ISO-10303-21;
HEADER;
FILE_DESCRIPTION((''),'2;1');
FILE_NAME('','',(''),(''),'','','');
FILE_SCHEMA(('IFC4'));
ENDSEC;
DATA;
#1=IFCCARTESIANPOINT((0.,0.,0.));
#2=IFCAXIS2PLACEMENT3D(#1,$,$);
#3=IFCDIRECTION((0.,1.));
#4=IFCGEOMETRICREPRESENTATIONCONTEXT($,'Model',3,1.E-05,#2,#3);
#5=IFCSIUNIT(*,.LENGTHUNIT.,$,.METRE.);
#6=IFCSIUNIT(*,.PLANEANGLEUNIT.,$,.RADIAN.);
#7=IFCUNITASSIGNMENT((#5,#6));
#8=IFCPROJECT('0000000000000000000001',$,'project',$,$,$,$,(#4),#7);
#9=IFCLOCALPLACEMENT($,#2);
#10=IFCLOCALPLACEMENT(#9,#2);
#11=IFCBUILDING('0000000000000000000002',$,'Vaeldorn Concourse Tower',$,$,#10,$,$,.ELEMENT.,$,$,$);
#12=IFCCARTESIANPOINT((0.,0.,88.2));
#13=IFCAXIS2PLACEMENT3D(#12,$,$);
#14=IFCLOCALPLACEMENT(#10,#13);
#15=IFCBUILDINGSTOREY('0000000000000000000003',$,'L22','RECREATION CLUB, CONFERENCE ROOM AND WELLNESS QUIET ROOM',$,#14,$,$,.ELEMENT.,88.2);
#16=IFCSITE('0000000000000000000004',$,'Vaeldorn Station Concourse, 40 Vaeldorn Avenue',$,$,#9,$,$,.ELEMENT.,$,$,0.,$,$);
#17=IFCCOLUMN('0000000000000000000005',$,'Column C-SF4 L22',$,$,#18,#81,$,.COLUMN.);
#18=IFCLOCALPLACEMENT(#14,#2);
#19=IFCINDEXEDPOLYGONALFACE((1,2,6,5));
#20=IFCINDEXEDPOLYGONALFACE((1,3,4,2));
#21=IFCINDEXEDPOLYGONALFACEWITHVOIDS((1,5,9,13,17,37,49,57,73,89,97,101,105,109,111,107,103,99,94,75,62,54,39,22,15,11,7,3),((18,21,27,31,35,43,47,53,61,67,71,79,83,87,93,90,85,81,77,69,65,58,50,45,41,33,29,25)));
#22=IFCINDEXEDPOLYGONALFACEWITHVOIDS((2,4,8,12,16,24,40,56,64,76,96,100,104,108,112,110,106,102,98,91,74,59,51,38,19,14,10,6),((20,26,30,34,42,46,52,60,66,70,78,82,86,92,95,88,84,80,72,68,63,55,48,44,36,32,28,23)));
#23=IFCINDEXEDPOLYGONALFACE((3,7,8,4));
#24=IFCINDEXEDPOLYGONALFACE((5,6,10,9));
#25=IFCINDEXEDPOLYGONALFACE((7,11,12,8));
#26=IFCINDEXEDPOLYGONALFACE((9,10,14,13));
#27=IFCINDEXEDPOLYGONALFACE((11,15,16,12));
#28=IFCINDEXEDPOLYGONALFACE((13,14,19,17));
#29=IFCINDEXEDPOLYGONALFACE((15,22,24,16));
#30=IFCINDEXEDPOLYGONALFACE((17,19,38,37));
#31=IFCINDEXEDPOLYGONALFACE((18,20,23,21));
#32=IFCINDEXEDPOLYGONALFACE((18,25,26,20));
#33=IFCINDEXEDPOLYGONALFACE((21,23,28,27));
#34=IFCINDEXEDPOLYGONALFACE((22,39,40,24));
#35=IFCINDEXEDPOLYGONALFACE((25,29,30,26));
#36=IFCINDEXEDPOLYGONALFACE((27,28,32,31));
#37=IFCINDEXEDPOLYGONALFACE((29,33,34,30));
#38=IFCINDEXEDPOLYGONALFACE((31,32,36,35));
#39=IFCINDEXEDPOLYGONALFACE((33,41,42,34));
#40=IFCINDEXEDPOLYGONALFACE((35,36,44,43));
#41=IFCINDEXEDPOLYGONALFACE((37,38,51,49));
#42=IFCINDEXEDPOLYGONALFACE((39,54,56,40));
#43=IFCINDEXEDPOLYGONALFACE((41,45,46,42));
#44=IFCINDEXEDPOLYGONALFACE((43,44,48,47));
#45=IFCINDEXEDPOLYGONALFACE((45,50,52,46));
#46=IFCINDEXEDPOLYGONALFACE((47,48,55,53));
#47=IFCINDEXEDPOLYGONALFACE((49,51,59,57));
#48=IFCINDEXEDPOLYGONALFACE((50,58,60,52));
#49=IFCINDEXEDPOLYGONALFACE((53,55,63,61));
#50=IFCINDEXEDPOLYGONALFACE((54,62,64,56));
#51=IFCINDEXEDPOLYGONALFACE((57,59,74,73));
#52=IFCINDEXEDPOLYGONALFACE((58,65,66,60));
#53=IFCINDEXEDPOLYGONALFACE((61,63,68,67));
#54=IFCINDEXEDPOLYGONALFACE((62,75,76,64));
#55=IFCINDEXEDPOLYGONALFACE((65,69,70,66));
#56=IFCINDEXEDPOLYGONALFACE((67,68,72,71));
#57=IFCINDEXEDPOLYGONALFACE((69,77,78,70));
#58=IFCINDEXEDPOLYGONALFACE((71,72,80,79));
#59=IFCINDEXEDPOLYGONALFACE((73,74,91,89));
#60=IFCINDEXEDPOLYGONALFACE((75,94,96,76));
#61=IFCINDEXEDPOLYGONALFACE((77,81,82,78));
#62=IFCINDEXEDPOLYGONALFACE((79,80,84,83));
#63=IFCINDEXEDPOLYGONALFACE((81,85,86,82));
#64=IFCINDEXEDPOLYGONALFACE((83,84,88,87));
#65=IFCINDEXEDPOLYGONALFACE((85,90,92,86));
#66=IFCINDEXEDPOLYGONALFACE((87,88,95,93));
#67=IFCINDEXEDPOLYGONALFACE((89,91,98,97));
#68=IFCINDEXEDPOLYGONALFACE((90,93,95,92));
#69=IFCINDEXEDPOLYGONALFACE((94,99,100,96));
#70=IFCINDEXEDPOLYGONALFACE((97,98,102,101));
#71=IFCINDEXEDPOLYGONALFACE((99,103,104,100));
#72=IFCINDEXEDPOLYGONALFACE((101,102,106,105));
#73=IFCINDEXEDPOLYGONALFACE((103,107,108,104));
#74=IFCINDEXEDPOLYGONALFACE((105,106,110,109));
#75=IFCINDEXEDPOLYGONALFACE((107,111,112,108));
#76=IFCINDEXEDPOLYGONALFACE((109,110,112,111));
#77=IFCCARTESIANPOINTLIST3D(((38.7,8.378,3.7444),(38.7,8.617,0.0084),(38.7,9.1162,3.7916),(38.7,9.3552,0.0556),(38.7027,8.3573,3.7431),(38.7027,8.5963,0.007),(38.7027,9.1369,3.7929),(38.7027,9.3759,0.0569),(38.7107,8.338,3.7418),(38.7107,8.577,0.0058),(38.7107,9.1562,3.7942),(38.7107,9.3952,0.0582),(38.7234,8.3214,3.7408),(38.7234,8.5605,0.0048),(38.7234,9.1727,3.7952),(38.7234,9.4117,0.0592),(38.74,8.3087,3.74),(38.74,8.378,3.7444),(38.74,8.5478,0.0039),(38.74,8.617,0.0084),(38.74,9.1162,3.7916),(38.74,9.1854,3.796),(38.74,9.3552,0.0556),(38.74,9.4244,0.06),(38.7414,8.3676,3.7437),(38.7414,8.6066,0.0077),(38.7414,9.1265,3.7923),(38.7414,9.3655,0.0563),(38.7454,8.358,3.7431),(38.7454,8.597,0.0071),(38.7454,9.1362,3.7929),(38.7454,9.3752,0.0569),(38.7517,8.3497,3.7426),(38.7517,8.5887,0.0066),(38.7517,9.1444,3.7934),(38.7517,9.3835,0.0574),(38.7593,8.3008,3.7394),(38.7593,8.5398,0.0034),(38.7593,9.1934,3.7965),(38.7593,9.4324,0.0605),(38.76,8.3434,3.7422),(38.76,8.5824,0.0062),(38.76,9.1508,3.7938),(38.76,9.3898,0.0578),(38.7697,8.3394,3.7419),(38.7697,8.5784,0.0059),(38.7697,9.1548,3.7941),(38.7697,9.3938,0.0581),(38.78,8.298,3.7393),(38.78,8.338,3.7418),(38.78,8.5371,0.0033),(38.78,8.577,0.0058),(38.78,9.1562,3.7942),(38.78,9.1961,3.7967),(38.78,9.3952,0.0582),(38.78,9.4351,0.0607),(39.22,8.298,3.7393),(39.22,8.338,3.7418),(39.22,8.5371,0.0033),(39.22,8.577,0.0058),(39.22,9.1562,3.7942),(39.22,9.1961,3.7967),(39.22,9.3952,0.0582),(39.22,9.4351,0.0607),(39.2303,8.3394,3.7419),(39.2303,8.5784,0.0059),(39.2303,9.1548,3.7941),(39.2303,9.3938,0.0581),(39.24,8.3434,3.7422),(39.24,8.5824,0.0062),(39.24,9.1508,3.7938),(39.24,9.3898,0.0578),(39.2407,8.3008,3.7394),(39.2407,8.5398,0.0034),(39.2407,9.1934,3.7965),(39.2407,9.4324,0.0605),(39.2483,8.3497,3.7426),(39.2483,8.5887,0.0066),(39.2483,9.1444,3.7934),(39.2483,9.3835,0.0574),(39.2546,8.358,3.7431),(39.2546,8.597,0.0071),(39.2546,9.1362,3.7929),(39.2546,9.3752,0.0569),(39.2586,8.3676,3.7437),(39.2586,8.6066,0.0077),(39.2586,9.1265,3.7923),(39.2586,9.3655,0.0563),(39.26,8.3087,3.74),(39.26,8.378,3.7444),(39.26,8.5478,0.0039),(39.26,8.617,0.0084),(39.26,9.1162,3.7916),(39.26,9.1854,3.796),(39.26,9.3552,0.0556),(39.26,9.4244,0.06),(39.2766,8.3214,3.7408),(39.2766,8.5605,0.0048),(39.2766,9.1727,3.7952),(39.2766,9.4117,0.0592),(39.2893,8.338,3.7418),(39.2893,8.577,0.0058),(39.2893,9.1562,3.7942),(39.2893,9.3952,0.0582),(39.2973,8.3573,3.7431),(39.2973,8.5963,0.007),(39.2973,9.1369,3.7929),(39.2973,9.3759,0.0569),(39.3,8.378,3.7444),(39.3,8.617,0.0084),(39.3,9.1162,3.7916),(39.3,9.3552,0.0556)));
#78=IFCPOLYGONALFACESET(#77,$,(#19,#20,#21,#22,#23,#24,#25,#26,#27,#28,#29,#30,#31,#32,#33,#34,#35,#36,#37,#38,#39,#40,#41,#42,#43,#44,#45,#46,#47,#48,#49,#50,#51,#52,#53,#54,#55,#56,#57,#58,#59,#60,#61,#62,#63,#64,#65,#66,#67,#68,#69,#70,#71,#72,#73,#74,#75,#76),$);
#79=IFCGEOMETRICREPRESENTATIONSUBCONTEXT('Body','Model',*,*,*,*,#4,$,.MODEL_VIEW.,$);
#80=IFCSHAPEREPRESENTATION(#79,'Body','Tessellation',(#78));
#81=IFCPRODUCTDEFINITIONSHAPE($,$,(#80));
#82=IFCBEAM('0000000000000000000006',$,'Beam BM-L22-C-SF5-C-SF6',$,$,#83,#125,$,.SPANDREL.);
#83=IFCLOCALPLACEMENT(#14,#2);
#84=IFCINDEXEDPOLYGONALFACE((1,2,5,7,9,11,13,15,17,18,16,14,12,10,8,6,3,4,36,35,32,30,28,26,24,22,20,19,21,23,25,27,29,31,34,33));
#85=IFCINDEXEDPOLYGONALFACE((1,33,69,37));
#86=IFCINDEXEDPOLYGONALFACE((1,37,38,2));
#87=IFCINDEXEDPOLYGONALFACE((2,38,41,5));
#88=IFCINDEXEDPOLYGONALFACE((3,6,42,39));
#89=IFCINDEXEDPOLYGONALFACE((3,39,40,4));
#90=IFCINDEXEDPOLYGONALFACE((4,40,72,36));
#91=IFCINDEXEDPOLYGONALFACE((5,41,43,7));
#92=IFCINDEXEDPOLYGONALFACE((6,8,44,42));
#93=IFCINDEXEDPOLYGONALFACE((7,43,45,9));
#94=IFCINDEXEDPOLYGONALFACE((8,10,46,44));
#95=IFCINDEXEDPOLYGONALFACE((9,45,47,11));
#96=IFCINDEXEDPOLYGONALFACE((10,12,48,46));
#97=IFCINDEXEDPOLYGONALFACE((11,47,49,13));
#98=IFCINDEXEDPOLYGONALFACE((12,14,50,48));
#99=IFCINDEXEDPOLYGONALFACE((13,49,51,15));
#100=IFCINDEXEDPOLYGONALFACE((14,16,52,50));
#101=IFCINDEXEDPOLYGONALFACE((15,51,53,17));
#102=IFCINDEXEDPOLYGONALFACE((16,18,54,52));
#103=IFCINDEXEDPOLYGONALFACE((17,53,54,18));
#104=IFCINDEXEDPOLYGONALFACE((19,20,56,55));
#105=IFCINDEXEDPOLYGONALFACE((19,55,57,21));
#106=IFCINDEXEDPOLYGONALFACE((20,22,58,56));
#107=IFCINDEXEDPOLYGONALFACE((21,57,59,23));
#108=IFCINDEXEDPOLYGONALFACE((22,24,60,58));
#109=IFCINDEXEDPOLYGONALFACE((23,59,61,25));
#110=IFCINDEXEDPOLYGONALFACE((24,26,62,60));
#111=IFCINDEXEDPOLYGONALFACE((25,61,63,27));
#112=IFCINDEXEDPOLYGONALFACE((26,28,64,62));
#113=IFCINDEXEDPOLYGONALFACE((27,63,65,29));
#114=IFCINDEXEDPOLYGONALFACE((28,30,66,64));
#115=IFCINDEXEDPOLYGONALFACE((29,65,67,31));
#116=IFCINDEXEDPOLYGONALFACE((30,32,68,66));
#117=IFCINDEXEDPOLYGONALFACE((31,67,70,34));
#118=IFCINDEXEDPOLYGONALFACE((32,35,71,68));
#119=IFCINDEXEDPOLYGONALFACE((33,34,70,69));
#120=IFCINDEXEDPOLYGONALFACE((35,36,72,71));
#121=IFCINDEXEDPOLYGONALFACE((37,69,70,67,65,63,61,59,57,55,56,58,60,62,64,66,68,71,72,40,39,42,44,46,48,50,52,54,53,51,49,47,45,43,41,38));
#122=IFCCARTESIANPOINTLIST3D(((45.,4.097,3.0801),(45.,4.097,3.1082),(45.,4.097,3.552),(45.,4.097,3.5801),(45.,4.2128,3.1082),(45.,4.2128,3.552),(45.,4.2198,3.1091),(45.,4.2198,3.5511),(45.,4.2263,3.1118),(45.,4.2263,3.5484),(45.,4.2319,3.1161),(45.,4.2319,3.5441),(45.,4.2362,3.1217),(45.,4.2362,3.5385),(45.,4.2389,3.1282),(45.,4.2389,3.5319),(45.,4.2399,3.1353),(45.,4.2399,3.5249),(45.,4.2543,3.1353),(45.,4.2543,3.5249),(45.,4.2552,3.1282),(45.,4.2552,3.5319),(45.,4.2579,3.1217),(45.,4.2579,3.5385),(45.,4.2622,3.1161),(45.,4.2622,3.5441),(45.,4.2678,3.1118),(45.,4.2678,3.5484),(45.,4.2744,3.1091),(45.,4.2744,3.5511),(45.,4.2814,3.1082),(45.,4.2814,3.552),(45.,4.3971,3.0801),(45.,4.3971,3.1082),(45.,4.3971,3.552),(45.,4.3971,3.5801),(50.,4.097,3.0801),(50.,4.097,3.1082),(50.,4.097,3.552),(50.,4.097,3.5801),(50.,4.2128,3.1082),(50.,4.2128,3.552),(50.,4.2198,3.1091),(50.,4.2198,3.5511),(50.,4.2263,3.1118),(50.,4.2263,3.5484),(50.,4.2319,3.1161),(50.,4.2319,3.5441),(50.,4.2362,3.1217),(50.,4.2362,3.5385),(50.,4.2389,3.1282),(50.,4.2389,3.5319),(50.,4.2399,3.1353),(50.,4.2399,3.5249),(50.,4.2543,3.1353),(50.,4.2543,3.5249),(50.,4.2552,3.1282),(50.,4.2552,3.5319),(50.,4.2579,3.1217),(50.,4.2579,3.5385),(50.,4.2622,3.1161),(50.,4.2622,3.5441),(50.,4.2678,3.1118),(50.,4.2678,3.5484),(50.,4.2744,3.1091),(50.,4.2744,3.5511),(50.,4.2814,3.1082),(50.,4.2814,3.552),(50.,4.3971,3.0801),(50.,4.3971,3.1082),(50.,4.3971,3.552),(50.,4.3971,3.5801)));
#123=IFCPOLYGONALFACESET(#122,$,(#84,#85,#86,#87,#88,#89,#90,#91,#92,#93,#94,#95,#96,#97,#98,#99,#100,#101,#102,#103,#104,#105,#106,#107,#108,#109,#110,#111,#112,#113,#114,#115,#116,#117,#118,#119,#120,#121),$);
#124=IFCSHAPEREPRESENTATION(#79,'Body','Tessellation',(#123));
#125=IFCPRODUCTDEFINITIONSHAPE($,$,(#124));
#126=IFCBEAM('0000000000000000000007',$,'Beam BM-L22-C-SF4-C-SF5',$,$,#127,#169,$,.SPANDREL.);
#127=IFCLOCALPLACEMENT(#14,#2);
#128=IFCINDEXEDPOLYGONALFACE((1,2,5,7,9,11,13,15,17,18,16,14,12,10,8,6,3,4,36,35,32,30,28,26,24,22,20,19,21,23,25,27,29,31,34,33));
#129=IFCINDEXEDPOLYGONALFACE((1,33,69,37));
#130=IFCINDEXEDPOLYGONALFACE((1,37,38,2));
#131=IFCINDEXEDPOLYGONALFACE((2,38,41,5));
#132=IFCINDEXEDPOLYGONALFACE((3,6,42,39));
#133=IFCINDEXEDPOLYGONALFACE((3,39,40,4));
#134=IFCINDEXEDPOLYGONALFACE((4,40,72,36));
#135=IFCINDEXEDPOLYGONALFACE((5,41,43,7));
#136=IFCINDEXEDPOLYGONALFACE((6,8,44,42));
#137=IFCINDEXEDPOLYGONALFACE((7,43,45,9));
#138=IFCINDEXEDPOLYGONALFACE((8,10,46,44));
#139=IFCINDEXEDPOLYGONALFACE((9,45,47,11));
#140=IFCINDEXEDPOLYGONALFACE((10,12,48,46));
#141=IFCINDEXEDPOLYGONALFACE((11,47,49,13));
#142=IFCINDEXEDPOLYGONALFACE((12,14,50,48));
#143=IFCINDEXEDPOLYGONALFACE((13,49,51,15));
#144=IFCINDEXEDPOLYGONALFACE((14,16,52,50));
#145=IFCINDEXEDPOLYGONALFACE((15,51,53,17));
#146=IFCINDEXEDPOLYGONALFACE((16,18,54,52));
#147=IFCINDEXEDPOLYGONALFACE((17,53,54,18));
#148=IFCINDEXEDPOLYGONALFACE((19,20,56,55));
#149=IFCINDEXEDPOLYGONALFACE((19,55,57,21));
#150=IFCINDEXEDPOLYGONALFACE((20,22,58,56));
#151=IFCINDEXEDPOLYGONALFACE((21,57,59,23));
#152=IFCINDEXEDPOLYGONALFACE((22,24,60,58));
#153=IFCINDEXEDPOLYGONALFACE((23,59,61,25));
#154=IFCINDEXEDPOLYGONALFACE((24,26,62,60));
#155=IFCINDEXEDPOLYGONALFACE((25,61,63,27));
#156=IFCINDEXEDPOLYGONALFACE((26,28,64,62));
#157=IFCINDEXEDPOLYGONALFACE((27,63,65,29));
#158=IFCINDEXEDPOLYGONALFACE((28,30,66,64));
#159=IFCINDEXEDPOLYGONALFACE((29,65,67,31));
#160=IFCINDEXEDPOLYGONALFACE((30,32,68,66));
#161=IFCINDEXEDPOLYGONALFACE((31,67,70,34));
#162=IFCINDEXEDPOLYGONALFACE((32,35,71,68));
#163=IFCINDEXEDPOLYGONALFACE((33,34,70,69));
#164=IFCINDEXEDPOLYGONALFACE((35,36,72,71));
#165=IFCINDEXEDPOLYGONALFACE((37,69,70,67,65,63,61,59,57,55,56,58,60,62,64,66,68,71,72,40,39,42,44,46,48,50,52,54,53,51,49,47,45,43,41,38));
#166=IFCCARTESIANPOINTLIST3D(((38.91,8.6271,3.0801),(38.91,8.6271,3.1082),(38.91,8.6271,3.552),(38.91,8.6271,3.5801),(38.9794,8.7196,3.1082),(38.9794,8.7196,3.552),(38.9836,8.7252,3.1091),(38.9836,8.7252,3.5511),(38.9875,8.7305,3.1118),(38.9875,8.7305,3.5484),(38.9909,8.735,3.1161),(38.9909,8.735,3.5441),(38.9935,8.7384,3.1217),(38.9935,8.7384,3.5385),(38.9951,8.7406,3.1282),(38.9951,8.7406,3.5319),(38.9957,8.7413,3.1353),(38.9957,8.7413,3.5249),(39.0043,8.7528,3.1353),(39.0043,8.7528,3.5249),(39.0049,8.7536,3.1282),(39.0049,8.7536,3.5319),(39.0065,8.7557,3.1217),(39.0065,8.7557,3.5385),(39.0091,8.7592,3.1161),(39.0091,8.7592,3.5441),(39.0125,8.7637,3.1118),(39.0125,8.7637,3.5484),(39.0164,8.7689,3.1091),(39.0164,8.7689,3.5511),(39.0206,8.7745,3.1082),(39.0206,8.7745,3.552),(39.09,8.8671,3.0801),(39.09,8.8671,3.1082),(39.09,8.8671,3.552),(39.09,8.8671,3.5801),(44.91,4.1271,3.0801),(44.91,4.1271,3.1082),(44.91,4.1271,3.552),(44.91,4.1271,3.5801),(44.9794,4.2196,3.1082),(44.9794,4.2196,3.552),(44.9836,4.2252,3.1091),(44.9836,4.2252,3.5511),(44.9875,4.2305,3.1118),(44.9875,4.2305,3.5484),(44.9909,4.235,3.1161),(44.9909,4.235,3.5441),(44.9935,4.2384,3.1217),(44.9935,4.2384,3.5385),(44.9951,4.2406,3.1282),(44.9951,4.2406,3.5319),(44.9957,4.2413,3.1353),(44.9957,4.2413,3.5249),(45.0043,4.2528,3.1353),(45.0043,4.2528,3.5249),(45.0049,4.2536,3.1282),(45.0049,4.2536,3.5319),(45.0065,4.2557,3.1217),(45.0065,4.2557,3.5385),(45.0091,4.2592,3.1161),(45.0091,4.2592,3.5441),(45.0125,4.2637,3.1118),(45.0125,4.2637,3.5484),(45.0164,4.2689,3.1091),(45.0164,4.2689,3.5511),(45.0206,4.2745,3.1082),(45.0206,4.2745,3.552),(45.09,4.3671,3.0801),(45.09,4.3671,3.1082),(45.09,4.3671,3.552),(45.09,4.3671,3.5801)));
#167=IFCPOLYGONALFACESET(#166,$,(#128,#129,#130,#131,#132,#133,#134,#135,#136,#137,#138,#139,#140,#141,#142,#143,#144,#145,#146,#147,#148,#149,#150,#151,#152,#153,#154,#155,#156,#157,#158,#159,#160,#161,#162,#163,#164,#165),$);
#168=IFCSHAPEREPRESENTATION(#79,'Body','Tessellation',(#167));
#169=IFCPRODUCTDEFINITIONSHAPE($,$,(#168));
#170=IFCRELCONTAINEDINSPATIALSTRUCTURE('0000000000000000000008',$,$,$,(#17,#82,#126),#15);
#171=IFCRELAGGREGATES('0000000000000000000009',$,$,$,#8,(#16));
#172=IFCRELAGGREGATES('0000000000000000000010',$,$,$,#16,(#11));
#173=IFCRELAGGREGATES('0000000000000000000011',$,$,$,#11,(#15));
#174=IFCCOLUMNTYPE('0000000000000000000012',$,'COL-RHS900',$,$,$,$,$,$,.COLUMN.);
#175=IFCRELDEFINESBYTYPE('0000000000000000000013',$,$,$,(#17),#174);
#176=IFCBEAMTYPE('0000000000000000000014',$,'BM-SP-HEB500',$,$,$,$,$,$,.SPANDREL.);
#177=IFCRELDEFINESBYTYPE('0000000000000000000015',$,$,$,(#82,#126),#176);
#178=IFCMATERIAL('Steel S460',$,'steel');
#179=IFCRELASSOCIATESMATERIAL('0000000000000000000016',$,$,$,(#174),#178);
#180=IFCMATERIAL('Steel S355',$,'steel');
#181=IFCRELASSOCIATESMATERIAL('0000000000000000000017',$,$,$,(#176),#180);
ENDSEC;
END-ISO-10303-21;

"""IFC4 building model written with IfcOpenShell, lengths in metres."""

from ifc_helpers import new_model, si_unit, direction, frame, origin, origin_2d, place, context, subcontext, project, spatial, hollow_rectangle, i_section, extrude, source, transform, mapped, material, material_profile, profile_set, type_object, element, save


model = new_model("IFC4")

# Units and contexts
model_context = context("Model", 3, precision=1e-05, world=origin(), true_north=direction((0.0, 1.0)))
body_context = subcontext(model_context, "Body", "Model", "MODEL_VIEW")
ifc_project = project(units=[si_unit("LENGTHUNIT", "METRE"), si_unit("PLANEANGLEUNIT", "RADIAN")], contexts=[model_context])

# Site, building, storey
site_placement = place(None, origin())
site = spatial("IfcSite", under=ifc_project, at=site_placement, Name="Vaeldorn Station Concourse, 40 Vaeldorn Avenue", CompositionType="ELEMENT", RefElevation=0.0)
building_placement = place(site_placement, origin())
building = spatial("IfcBuilding", under=site, at=building_placement, Name="Vaeldorn Concourse Tower", CompositionType="ELEMENT")
storey_placement = place(building_placement, frame((0.0, 0.0, 88.2)))
storey = spatial("IfcBuildingStorey", under=building, at=storey_placement, Name="L22", Description="RECREATION CLUB, CONFERENCE ROOM AND WELLNESS QUIET ROOM", CompositionType="ELEMENT", Elevation=88.2)

# Column
ifc_material_1 = material(Name="Steel S460", Category="steel")
ifc_material_profile_1 = material_profile(ifc_material_1, hollow_rectangle(XDim=0.6001, YDim=0.8999, WallThickness=0.04, InnerFilletRadius=0.04, OuterFilletRadius=0.0801, at=origin_2d()), Name="RHS 900x600x40")
ifc_profile_set_1 = profile_set([ifc_material_profile_1], Name="Steel S460")
column_type = type_object("IfcColumnType", Name="COL-RHS900", PredefinedType="COLUMN", material=ifc_profile_set_1)
shared_shape_1 = source(origin(), body_context, "Body", "SweptSolid", [
    extrude(hollow_rectangle(XDim=0.6001, YDim=0.8999, WallThickness=0.04, InnerFilletRadius=0.04, OuterFilletRadius=0.0801, at=origin_2d()), origin(), (0.0, 0.0, 1.0), 3.7437),
])
column_placement = place(storey_placement, frame((39.0, 8.9861, 0.032), z_axis=(0.0, -0.063844, 0.99796), x_axis=(1.0, 0.0, 0.0)))
element("IfcColumn", 1, at=column_placement, inside=storey, type_object=column_type, Name="Column C-SF4 L22", PredefinedType="COLUMN", context=body_context, shape_type="MappedRepresentation", body=[
    mapped(shared_shape_1, transform((0.0, 0.0, 0.0), scale=1.0)),
])

# Beams
ifc_material_2 = material(Name="Steel S355", Category="steel")
ifc_material_profile_2 = material_profile(ifc_material_2, i_section(OverallWidth=0.3, OverallDepth=0.5, WebThickness=0.0144, FlangeThickness=0.0281, FilletRadius=0.0271, at=origin_2d()), Name="HEB 500")
ifc_profile_set_2 = profile_set([ifc_material_profile_2], Name="Steel S355")
beam_type_1 = type_object("IfcBeamType", Name="BM-SP-HEB500", PredefinedType="SPANDREL", material=ifc_profile_set_2)
shared_shape_2 = source(origin(), body_context, "Body", "SweptSolid", [
    extrude(i_section(OverallWidth=0.3, OverallDepth=0.5, WebThickness=0.0144, FlangeThickness=0.0281, FilletRadius=0.0271, at=origin_2d()), origin(), (0.0, 0.0, 1.0), 5.0),
])
beam_1_placement = place(storey_placement, frame((45.0, 4.2471, 3.3301), z_axis=(1.0, 0.0, 0.0), x_axis=(0.0, 1.0, 0.0)))
element("IfcBeam", 2, at=beam_1_placement, inside=storey, type_object=beam_type_1, Name="Beam BM-L22-C-SF5-C-SF6", PredefinedType="SPANDREL", context=body_context, shape_type="MappedRepresentation", body=[
    mapped(shared_shape_2, transform((0.0, 0.0, 0.0), scale=1.0)),
])
shared_shape_3 = source(origin(), body_context, "Body", "SweptSolid", [
    extrude(i_section(OverallWidth=0.3, OverallDepth=0.5, WebThickness=0.0144, FlangeThickness=0.0281, FilletRadius=0.0271, at=origin_2d()), origin(), (0.0, 0.0, 1.0), 7.5),
])
beam_2_placement = place(storey_placement, frame((39.0, 8.7471, 3.3301), z_axis=(0.8, -0.6, 0.0), x_axis=(0.6, 0.8, 0.0)))
element("IfcBeam", 3, at=beam_2_placement, inside=storey, type_object=beam_type_1, Name="Beam BM-L22-C-SF4-C-SF5", PredefinedType="SPANDREL", context=body_context, shape_type="MappedRepresentation", body=[
    mapped(shared_shape_3, transform((0.0, 0.0, 0.0), scale=1.0)),
])

save(model, "model.ifc")
